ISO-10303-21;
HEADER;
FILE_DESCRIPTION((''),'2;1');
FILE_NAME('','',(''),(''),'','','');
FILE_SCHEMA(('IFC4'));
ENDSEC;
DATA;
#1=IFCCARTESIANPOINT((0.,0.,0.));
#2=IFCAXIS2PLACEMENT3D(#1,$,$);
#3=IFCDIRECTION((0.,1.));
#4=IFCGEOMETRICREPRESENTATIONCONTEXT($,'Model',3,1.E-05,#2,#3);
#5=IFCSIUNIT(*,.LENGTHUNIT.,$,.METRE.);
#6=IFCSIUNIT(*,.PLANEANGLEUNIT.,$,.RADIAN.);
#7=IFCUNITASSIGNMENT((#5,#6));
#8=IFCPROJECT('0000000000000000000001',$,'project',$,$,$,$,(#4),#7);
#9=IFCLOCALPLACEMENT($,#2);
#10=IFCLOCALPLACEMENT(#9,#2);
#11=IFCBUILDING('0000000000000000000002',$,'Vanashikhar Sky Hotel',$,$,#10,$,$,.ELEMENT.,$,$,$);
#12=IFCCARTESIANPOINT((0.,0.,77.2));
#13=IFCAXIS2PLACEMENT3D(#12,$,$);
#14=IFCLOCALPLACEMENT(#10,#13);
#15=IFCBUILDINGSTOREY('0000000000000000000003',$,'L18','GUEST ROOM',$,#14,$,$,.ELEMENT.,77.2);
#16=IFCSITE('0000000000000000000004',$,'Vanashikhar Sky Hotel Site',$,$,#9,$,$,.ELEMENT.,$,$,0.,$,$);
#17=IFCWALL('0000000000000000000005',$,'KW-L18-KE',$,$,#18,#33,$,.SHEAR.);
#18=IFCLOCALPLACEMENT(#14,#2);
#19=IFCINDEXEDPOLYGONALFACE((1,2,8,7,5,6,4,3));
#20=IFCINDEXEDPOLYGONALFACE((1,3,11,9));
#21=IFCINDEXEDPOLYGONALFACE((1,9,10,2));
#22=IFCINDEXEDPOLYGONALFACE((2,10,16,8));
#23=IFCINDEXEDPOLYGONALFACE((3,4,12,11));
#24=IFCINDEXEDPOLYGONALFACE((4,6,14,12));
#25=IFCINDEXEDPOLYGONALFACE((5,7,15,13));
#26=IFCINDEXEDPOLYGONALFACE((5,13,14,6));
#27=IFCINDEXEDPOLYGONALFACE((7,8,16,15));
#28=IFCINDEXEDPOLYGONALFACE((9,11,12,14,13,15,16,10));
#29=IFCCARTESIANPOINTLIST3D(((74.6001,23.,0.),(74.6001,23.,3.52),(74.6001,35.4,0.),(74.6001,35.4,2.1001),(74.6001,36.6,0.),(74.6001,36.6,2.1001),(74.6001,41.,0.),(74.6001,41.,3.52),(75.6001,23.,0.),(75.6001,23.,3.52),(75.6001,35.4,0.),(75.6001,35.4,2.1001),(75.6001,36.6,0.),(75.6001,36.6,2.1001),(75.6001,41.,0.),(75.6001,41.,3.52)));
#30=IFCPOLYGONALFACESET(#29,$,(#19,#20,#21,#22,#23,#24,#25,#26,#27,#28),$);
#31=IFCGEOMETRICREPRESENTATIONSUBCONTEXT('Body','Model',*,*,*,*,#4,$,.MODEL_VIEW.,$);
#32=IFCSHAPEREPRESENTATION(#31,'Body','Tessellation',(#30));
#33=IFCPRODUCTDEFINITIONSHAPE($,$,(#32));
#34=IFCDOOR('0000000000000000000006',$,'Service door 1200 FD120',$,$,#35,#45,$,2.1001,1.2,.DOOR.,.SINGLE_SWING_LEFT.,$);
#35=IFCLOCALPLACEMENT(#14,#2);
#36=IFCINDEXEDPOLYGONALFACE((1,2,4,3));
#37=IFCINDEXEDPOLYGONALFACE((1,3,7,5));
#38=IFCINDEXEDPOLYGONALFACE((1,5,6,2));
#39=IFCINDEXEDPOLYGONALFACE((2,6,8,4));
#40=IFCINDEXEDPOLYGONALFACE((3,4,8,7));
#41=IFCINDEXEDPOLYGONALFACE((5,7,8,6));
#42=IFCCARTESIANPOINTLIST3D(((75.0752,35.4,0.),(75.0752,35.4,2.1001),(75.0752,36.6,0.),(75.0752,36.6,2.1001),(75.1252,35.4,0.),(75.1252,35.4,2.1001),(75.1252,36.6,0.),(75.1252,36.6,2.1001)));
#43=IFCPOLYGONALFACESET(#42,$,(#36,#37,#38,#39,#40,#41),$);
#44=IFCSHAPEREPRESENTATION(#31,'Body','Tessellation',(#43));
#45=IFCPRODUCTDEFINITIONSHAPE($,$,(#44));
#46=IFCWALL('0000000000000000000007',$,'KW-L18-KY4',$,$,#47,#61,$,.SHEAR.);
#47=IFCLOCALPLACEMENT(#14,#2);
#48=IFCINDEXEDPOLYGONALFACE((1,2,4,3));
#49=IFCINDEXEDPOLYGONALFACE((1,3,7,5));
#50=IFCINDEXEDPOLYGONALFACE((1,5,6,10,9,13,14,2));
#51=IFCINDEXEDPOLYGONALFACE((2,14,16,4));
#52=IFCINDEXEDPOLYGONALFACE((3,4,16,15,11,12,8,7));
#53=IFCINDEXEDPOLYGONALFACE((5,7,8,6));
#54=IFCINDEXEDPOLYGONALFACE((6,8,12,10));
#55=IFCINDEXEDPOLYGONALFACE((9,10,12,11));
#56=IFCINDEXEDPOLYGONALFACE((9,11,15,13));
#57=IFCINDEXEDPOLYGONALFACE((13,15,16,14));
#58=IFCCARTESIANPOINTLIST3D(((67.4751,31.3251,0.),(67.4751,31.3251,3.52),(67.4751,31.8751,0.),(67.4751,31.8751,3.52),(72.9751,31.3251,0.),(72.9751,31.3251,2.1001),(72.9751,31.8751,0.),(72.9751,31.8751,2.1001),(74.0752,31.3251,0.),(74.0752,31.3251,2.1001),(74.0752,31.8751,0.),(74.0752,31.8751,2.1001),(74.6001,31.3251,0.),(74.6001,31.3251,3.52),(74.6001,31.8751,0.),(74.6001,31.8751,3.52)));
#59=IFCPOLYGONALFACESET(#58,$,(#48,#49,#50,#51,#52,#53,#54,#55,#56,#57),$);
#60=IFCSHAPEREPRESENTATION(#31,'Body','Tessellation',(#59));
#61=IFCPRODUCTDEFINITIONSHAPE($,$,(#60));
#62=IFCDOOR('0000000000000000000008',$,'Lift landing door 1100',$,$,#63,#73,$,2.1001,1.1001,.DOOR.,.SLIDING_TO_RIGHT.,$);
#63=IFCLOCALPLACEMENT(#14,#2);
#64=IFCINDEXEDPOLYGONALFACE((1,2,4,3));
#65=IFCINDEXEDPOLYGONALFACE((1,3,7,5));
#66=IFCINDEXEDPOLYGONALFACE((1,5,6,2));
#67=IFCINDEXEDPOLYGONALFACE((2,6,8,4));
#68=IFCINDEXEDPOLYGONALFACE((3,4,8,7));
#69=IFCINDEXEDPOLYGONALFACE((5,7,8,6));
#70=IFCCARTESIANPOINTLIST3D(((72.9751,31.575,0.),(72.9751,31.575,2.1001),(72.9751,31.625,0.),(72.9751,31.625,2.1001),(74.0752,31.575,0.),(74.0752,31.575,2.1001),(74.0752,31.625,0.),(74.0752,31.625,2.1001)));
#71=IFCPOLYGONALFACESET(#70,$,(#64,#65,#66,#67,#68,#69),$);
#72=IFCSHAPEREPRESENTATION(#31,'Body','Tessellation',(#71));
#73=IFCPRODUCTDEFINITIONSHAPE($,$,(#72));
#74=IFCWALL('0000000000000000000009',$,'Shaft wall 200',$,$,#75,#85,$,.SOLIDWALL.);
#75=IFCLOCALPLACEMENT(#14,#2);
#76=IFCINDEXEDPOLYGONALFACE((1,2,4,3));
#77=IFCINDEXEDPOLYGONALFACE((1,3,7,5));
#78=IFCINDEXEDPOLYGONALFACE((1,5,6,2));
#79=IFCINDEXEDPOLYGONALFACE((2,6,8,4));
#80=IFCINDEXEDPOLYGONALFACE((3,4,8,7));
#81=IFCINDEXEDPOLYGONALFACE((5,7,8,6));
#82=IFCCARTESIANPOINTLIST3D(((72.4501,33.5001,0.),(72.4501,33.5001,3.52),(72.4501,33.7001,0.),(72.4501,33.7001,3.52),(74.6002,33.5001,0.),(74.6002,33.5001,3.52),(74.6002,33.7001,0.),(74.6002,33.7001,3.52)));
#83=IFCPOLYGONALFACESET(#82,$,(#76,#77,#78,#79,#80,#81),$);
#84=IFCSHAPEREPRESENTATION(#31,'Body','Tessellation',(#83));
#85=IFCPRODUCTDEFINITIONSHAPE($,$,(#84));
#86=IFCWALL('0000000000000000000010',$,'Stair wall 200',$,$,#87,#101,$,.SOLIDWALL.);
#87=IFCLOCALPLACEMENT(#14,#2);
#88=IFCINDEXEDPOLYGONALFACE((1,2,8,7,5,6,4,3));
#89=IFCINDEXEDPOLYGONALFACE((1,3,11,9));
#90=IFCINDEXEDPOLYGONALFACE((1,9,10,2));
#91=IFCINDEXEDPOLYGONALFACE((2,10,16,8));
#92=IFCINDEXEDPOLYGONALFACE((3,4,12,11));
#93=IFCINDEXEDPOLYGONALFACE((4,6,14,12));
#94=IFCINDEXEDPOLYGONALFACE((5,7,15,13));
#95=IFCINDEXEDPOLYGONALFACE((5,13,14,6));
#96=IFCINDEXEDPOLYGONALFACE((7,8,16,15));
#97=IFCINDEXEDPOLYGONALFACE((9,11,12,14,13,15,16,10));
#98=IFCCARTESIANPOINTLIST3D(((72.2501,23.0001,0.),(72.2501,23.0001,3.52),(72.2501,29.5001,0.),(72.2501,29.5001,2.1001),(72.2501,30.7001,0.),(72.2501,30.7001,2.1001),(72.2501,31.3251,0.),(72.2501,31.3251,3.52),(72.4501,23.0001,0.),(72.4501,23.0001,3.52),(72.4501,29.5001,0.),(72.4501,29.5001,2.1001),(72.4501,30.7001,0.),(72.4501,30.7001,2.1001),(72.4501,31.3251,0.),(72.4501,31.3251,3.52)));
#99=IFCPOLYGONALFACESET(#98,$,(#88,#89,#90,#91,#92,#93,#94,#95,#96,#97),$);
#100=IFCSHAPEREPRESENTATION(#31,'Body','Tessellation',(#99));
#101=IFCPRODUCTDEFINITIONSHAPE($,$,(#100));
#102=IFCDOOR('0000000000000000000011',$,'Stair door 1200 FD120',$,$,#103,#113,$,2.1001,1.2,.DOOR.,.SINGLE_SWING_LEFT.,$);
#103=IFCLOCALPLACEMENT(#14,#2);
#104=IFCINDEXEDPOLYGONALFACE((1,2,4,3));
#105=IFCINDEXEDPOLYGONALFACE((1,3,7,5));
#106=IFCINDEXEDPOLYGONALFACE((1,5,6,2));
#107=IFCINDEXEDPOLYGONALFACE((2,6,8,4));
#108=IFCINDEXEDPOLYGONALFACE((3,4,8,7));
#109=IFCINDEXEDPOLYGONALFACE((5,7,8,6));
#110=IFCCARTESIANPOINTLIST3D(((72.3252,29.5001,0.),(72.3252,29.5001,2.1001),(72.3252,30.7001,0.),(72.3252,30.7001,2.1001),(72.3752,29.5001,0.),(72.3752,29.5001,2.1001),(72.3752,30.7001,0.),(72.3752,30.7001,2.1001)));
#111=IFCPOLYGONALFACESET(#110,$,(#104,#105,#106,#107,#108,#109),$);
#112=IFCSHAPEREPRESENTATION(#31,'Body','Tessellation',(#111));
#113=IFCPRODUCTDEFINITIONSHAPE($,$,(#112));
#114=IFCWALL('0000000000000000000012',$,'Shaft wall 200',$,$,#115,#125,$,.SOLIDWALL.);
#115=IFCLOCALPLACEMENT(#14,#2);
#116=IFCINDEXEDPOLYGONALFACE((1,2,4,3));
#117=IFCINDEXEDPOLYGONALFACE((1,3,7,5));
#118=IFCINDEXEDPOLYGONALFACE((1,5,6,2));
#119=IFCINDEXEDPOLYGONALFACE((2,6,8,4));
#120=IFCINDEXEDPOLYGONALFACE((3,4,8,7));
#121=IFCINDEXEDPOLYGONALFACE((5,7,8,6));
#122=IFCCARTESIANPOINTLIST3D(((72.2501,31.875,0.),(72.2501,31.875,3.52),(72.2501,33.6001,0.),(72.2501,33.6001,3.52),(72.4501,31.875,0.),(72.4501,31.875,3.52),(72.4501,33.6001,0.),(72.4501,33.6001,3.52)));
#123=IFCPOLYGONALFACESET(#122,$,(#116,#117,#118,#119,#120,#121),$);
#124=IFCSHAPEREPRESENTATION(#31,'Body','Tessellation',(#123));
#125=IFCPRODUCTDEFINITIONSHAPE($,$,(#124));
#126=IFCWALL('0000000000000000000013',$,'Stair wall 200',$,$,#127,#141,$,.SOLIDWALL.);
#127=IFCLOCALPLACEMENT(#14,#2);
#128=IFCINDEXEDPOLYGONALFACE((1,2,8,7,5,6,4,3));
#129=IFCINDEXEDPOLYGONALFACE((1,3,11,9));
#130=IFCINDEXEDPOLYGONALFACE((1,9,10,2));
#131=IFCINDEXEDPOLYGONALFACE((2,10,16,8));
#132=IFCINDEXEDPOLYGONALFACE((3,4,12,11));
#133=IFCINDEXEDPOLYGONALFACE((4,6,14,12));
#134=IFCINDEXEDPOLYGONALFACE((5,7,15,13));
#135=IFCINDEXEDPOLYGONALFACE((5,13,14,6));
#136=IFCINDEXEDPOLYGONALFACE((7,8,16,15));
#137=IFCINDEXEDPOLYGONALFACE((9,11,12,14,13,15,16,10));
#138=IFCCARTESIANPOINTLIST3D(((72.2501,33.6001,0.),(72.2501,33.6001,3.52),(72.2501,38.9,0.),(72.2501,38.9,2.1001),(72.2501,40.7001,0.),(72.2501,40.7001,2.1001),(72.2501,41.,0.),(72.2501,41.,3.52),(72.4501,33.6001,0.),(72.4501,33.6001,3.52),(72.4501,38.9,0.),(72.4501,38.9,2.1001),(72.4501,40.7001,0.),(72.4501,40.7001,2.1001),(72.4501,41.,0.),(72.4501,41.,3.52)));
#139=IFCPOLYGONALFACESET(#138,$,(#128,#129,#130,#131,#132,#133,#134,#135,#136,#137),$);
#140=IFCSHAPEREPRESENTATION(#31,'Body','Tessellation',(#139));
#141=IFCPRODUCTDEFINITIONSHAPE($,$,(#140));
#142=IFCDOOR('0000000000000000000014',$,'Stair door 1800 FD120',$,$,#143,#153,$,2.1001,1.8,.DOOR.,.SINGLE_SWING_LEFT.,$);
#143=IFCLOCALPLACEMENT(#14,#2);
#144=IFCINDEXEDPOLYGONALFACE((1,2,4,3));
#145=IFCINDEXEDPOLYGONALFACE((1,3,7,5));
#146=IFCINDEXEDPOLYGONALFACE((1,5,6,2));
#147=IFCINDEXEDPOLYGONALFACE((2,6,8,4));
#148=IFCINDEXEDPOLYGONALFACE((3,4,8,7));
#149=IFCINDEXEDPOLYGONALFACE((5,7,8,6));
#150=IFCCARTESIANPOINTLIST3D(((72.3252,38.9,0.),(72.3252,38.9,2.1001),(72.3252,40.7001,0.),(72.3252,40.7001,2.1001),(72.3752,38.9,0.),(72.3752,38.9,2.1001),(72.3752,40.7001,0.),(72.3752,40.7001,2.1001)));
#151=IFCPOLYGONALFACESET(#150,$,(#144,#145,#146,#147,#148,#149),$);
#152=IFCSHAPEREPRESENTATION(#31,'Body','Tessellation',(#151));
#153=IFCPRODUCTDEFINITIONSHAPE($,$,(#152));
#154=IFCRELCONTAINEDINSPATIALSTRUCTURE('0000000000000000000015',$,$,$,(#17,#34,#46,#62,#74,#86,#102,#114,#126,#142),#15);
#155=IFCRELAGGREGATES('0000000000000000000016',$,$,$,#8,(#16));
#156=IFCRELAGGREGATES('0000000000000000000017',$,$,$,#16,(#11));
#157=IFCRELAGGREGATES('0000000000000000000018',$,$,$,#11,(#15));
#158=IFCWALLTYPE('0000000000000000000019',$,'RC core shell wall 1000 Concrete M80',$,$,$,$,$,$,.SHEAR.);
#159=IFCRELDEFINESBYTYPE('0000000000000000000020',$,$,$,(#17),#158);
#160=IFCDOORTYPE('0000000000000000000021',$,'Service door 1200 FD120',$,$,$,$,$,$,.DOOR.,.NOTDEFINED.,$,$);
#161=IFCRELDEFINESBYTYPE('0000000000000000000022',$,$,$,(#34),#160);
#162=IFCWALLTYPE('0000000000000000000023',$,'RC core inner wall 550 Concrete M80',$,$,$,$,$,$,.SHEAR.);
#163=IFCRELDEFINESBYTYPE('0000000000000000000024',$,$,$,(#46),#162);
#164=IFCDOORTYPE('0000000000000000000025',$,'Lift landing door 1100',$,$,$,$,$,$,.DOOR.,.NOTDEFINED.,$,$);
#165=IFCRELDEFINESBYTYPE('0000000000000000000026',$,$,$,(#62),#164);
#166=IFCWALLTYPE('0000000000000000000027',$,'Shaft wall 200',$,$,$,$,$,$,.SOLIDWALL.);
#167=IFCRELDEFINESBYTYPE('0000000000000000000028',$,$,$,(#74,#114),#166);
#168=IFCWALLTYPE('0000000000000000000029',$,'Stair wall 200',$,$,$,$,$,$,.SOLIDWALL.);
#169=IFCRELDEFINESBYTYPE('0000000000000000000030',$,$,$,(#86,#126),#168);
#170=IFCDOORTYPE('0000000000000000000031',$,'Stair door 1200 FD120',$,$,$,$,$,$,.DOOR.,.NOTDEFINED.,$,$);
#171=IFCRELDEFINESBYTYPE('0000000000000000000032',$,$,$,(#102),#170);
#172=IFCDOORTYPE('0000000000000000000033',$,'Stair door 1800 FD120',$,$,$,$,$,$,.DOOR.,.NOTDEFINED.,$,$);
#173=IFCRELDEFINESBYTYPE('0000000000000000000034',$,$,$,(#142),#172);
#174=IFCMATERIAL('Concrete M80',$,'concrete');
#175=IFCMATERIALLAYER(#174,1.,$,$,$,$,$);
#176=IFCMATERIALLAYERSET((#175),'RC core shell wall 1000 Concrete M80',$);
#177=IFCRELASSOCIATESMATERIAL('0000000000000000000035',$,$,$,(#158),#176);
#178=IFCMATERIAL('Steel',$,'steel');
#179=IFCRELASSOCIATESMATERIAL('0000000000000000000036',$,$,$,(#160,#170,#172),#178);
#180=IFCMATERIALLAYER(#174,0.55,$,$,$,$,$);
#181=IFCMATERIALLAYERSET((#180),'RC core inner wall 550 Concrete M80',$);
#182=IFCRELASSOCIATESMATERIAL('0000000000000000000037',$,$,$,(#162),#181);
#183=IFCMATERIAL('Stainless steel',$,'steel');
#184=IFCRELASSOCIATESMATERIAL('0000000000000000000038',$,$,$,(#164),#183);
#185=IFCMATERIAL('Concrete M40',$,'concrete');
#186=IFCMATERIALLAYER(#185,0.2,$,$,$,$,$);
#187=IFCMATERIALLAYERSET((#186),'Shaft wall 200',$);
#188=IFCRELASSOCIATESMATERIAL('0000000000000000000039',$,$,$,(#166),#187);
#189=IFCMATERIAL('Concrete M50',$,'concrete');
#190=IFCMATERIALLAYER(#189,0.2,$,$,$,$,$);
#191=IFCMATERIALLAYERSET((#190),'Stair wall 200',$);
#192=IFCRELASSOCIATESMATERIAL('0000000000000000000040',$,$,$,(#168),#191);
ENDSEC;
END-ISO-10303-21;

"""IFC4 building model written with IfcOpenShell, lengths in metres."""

from ifc_helpers import new_model, si_unit, direction, frame, frame_2d, origin, place, context, subcontext, project, spatial, rectangle, extrude, source, transform, mapped, material, layer, layer_set, type_object, element, fill, save


model = new_model("IFC4")

# Units and contexts
model_context = context("Model", 3, precision=1e-05, world=origin(), true_north=direction((0.0, 1.0)))
body_context = subcontext(model_context, "Body", "Model", "MODEL_VIEW")
ifc_project = project(units=[si_unit("LENGTHUNIT", "METRE"), si_unit("PLANEANGLEUNIT", "RADIAN")], contexts=[model_context])

# Site, building, storey
site_placement = place(None, origin())
site = spatial("IfcSite", under=ifc_project, at=site_placement, Name="Vanashikhar Sky Hotel Site", CompositionType="ELEMENT", RefElevation=0.0)
building_placement = place(site_placement, origin())
building = spatial("IfcBuilding", under=site, at=building_placement, Name="Vanashikhar Sky Hotel", CompositionType="ELEMENT")
storey_placement = place(building_placement, frame((0.0, 0.0, 77.2)))
storey = spatial("IfcBuildingStorey", under=building, at=storey_placement, Name="L18", Description="GUEST ROOM", CompositionType="ELEMENT", Elevation=77.2)

# Walls, openings, doors
ifc_material_1 = material(Name="Concrete M80", Category="concrete")
ifc_layer_1 = layer(ifc_material_1, 1.0)
ifc_layer_set_1 = layer_set([ifc_layer_1], Name="RC core shell wall 1000 Concrete M80")
wall_type_1 = type_object("IfcWallType", Name="RC core shell wall 1000 Concrete M80", PredefinedType="SHEAR", material=ifc_layer_set_1)
shared_shape_1 = source(origin(), body_context, "Body", "SweptSolid", [
    extrude(rectangle(XDim=18.0, YDim=1.0, at=frame_2d((9.0, 0.0))), origin(), (0.0, 0.0, 1.0), 3.52),
])
wall_1_placement = place(storey_placement, frame((75.1001, 23.0, 0.0), z_axis=(0.0, 0.0, 1.0), x_axis=(0.0, 1.0, 0.0)))
wall_1 = element("IfcWall", 1, at=wall_1_placement, inside=storey, type_object=wall_type_1, Name="KW-L18-KE", PredefinedType="SHEAR", context=body_context, shape_type="MappedRepresentation", body=[
    mapped(shared_shape_1, transform((0.0, 0.0, 0.0), scale=1.0)),
])
shared_shape_2 = source(origin(), body_context, "Body", "SweptSolid", [
    extrude(rectangle(XDim=1.2, YDim=2.1001, at=frame_2d((0.6001, 1.05))), frame((0.0, 0.51, 0.0), z_axis=(0.0, -1.0, 0.0), x_axis=(1.0, 0.0, 0.0)), (0.0, 0.0, 1.0), 1.02),
])
opening_1_placement = place(wall_1_placement, frame((12.3999, 0.0, 0.0)))
opening_1 = element("IfcOpeningElement", 2, at=opening_1_placement, cuts=wall_1, PredefinedType="OPENING", context=body_context, shape_type="MappedRepresentation", body=[
    mapped(shared_shape_2, transform((0.0, 0.0, 0.0), scale=1.0)),
])
ifc_material_2 = material(Name="Steel", Category="steel")
door_type_1 = type_object("IfcDoorType", Name="Service door 1200 FD120", OperationType="NOTDEFINED", PredefinedType="DOOR", material=ifc_material_2)
shared_shape_3 = source(origin(), body_context, "Body", "SweptSolid", [
    extrude(rectangle(XDim=1.2, YDim=2.1001, at=frame_2d((0.6001, 1.05))), frame((0.0, 0.0249, 0.0), z_axis=(0.0, -1.0, 0.0), x_axis=(1.0, 0.0, 0.0)), (0.0, 0.0, 1.0), 0.05),
])
door_1_placement = place(opening_1_placement, origin())
door_1 = element("IfcDoor", 3, at=door_1_placement, inside=storey, type_object=door_type_1, Name="Service door 1200 FD120", OperationType="SINGLE_SWING_LEFT", OverallHeight=2.1001, OverallWidth=1.2, PredefinedType="DOOR", context=body_context, shape_type="MappedRepresentation", body=[
    mapped(shared_shape_3, transform((0.0, 0.0, 0.0), scale=1.0)),
])
fill(opening_1, door_1)
ifc_layer_2 = layer(ifc_material_1, 0.55)
ifc_layer_set_2 = layer_set([ifc_layer_2], Name="RC core inner wall 550 Concrete M80")
wall_type_2 = type_object("IfcWallType", Name="RC core inner wall 550 Concrete M80", PredefinedType="SHEAR", material=ifc_layer_set_2)
shared_shape_4 = source(origin(), body_context, "Body", "SweptSolid", [
    extrude(rectangle(XDim=7.125, YDim=0.55, at=frame_2d((3.5625, 0.0))), origin(), (0.0, 0.0, 1.0), 3.52),
])
wall_2_placement = place(storey_placement, frame((67.4751, 31.6001, 0.0), z_axis=(0.0, 0.0, 1.0), x_axis=(1.0, 0.0, 0.0)))
wall_2 = element("IfcWall", 4, at=wall_2_placement, inside=storey, type_object=wall_type_2, Name="KW-L18-KY4", PredefinedType="SHEAR", context=body_context, shape_type="MappedRepresentation", body=[
    mapped(shared_shape_4, transform((0.0, 0.0, 0.0), scale=1.0)),
])
shared_shape_5 = source(origin(), body_context, "Body", "SweptSolid", [
    extrude(rectangle(XDim=1.1001, YDim=2.1001, at=frame_2d((0.55, 1.05))), frame((0.0, 0.2852, 0.0), z_axis=(0.0, -1.0, 0.0), x_axis=(1.0, 0.0, 0.0)), (0.0, 0.0, 1.0), 0.5701),
])
opening_2_placement = place(wall_2_placement, frame((5.5, 0.0, 0.0)))
opening_2 = element("IfcOpeningElement", 5, at=opening_2_placement, cuts=wall_2, PredefinedType="OPENING", context=body_context, shape_type="MappedRepresentation", body=[
    mapped(shared_shape_5, transform((0.0, 0.0, 0.0), scale=1.0)),
])
ifc_material_3 = material(Name="Stainless steel", Category="steel")
door_type_2 = type_object("IfcDoorType", Name="Lift landing door 1100", OperationType="NOTDEFINED", PredefinedType="DOOR", material=ifc_material_3)
shared_shape_6 = source(origin(), body_context, "Body", "SweptSolid", [
    extrude(rectangle(XDim=1.1001, YDim=2.1001, at=frame_2d((0.55, 1.05))), frame((0.0, 0.0249, 0.0), z_axis=(0.0, -1.0, 0.0), x_axis=(1.0, 0.0, 0.0)), (0.0, 0.0, 1.0), 0.05),
])
door_2_placement = place(opening_2_placement, origin())
door_2 = element("IfcDoor", 6, at=door_2_placement, inside=storey, type_object=door_type_2, Name="Lift landing door 1100", OperationType="SLIDING_TO_RIGHT", OverallHeight=2.1001, OverallWidth=1.1001, PredefinedType="DOOR", context=body_context, shape_type="MappedRepresentation", body=[
    mapped(shared_shape_6, transform((0.0, 0.0, 0.0), scale=1.0)),
])
fill(opening_2, door_2)

# Wall
ifc_material_4 = material(Name="Concrete M40", Category="concrete")
ifc_layer_3 = layer(ifc_material_4, 0.2)
ifc_layer_set_3 = layer_set([ifc_layer_3], Name="Shaft wall 200")
wall_type_3 = type_object("IfcWallType", Name="Shaft wall 200", PredefinedType="SOLIDWALL", material=ifc_layer_set_3)
shared_shape_7 = source(origin(), body_context, "Body", "SweptSolid", [
    extrude(rectangle(XDim=2.1501, YDim=0.2, at=frame_2d((1.0752, 0.0))), origin(), (0.0, 0.0, 1.0), 3.52),
])
wall_3_placement = place(storey_placement, frame((72.45, 33.6001, 0.0), z_axis=(0.0, 0.0, 1.0), x_axis=(1.0, 0.0, 0.0)))
element("IfcWall", 7, at=wall_3_placement, inside=storey, type_object=wall_type_3, Name="Shaft wall 200", PredefinedType="SOLIDWALL", context=body_context, shape_type="MappedRepresentation", body=[
    mapped(shared_shape_7, transform((0.0, 0.0, 0.0), scale=1.0)),
])

# Wall, opening, door
ifc_material_5 = material(Name="Concrete M50", Category="concrete")
ifc_layer_4 = layer(ifc_material_5, 0.2)
ifc_layer_set_4 = layer_set([ifc_layer_4], Name="Stair wall 200")
wall_type_4 = type_object("IfcWallType", Name="Stair wall 200", PredefinedType="SOLIDWALL", material=ifc_layer_set_4)
shared_shape_8 = source(origin(), body_context, "Body", "SweptSolid", [
    extrude(rectangle(XDim=8.325, YDim=0.2, at=frame_2d((4.1626, 0.0))), origin(), (0.0, 0.0, 1.0), 3.52),
])
wall_4_placement = place(storey_placement, frame((72.3501, 23.0, 0.0), z_axis=(0.0, 0.0, 1.0), x_axis=(0.0, 1.0, 0.0)))
wall_4 = element("IfcWall", 8, at=wall_4_placement, inside=storey, type_object=wall_type_4, Name="Stair wall 200", PredefinedType="SOLIDWALL", context=body_context, shape_type="MappedRepresentation", body=[
    mapped(shared_shape_8, transform((0.0, 0.0, 0.0), scale=1.0)),
])
shared_shape_9 = source(origin(), body_context, "Body", "SweptSolid", [
    extrude(rectangle(XDim=1.2, YDim=2.1001, at=frame_2d((0.6001, 1.05))), frame((0.0, 0.1099, 0.0), z_axis=(0.0, -1.0, 0.0), x_axis=(1.0, 0.0, 0.0)), (0.0, 0.0, 1.0), 0.22),
])
opening_3_placement = place(wall_4_placement, frame((6.5, 0.0, 0.0)))
opening_3 = element("IfcOpeningElement", 9, at=opening_3_placement, cuts=wall_4, PredefinedType="OPENING", context=body_context, shape_type="MappedRepresentation", body=[
    mapped(shared_shape_9, transform((0.0, 0.0, 0.0), scale=1.0)),
])
door_type_3 = type_object("IfcDoorType", Name="Stair door 1200 FD120", OperationType="NOTDEFINED", PredefinedType="DOOR", material=ifc_material_2)
door_3_placement = place(opening_3_placement, origin())
door_3 = element("IfcDoor", 10, at=door_3_placement, inside=storey, type_object=door_type_3, Name="Stair door 1200 FD120", OperationType="SINGLE_SWING_LEFT", OverallHeight=2.1001, OverallWidth=1.2, PredefinedType="DOOR", context=body_context, shape_type="MappedRepresentation", body=[
    mapped(shared_shape_3, transform((0.0, 0.0, 0.0), scale=1.0)),
])
fill(opening_3, door_3)

# Wall
shared_shape_10 = source(origin(), body_context, "Body", "SweptSolid", [
    extrude(rectangle(XDim=1.7251, YDim=0.2, at=frame_2d((0.8625, 0.0))), origin(), (0.0, 0.0, 1.0), 3.52),
])
wall_5_placement = place(storey_placement, frame((72.3501, 31.875, 0.0), z_axis=(0.0, 0.0, 1.0), x_axis=(0.0, 1.0, 0.0)))
element("IfcWall", 11, at=wall_5_placement, inside=storey, type_object=wall_type_3, Name="Shaft wall 200", PredefinedType="SOLIDWALL", context=body_context, shape_type="MappedRepresentation", body=[
    mapped(shared_shape_10, transform((0.0, 0.0, 0.0), scale=1.0)),
])

# Wall, opening, door
shared_shape_11 = source(origin(), body_context, "Body", "SweptSolid", [
    extrude(rectangle(XDim=7.3999, YDim=0.2, at=frame_2d((3.7, 0.0))), origin(), (0.0, 0.0, 1.0), 3.52),
])
wall_6_placement = place(storey_placement, frame((72.3501, 33.6001, 0.0), z_axis=(0.0, 0.0, 1.0), x_axis=(0.0, 1.0, 0.0)))
wall_6 = element("IfcWall", 12, at=wall_6_placement, inside=storey, type_object=wall_type_4, Name="Stair wall 200", PredefinedType="SOLIDWALL", context=body_context, shape_type="MappedRepresentation", body=[
    mapped(shared_shape_11, transform((0.0, 0.0, 0.0), scale=1.0)),
])
shared_shape_12 = source(origin(), body_context, "Body", "SweptSolid", [
    extrude(rectangle(XDim=1.8, YDim=2.1001, at=frame_2d((0.8999, 1.05))), frame((0.0, 0.1099, 0.0), z_axis=(0.0, -1.0, 0.0), x_axis=(1.0, 0.0, 0.0)), (0.0, 0.0, 1.0), 0.22),
])
opening_4_placement = place(wall_6_placement, frame((5.3, 0.0, 0.0)))
opening_4 = element("IfcOpeningElement", 13, at=opening_4_placement, cuts=wall_6, PredefinedType="OPENING", context=body_context, shape_type="MappedRepresentation", body=[
    mapped(shared_shape_12, transform((0.0, 0.0, 0.0), scale=1.0)),
])
door_type_4 = type_object("IfcDoorType", Name="Stair door 1800 FD120", OperationType="NOTDEFINED", PredefinedType="DOOR", material=ifc_material_2)
shared_shape_13 = source(origin(), body_context, "Body", "SweptSolid", [
    extrude(rectangle(XDim=1.8, YDim=2.1001, at=frame_2d((0.8999, 1.05))), frame((0.0, 0.0249, 0.0), z_axis=(0.0, -1.0, 0.0), x_axis=(1.0, 0.0, 0.0)), (0.0, 0.0, 1.0), 0.05),
])
door_4_placement = place(opening_4_placement, origin())
door_4 = element("IfcDoor", 14, at=door_4_placement, inside=storey, type_object=door_type_4, Name="Stair door 1800 FD120", OperationType="SINGLE_SWING_LEFT", OverallHeight=2.1001, OverallWidth=1.8, PredefinedType="DOOR", context=body_context, shape_type="MappedRepresentation", body=[
    mapped(shared_shape_13, transform((0.0, 0.0, 0.0), scale=1.0)),
])
fill(opening_4, door_4)

save(model, "model.ifc")
